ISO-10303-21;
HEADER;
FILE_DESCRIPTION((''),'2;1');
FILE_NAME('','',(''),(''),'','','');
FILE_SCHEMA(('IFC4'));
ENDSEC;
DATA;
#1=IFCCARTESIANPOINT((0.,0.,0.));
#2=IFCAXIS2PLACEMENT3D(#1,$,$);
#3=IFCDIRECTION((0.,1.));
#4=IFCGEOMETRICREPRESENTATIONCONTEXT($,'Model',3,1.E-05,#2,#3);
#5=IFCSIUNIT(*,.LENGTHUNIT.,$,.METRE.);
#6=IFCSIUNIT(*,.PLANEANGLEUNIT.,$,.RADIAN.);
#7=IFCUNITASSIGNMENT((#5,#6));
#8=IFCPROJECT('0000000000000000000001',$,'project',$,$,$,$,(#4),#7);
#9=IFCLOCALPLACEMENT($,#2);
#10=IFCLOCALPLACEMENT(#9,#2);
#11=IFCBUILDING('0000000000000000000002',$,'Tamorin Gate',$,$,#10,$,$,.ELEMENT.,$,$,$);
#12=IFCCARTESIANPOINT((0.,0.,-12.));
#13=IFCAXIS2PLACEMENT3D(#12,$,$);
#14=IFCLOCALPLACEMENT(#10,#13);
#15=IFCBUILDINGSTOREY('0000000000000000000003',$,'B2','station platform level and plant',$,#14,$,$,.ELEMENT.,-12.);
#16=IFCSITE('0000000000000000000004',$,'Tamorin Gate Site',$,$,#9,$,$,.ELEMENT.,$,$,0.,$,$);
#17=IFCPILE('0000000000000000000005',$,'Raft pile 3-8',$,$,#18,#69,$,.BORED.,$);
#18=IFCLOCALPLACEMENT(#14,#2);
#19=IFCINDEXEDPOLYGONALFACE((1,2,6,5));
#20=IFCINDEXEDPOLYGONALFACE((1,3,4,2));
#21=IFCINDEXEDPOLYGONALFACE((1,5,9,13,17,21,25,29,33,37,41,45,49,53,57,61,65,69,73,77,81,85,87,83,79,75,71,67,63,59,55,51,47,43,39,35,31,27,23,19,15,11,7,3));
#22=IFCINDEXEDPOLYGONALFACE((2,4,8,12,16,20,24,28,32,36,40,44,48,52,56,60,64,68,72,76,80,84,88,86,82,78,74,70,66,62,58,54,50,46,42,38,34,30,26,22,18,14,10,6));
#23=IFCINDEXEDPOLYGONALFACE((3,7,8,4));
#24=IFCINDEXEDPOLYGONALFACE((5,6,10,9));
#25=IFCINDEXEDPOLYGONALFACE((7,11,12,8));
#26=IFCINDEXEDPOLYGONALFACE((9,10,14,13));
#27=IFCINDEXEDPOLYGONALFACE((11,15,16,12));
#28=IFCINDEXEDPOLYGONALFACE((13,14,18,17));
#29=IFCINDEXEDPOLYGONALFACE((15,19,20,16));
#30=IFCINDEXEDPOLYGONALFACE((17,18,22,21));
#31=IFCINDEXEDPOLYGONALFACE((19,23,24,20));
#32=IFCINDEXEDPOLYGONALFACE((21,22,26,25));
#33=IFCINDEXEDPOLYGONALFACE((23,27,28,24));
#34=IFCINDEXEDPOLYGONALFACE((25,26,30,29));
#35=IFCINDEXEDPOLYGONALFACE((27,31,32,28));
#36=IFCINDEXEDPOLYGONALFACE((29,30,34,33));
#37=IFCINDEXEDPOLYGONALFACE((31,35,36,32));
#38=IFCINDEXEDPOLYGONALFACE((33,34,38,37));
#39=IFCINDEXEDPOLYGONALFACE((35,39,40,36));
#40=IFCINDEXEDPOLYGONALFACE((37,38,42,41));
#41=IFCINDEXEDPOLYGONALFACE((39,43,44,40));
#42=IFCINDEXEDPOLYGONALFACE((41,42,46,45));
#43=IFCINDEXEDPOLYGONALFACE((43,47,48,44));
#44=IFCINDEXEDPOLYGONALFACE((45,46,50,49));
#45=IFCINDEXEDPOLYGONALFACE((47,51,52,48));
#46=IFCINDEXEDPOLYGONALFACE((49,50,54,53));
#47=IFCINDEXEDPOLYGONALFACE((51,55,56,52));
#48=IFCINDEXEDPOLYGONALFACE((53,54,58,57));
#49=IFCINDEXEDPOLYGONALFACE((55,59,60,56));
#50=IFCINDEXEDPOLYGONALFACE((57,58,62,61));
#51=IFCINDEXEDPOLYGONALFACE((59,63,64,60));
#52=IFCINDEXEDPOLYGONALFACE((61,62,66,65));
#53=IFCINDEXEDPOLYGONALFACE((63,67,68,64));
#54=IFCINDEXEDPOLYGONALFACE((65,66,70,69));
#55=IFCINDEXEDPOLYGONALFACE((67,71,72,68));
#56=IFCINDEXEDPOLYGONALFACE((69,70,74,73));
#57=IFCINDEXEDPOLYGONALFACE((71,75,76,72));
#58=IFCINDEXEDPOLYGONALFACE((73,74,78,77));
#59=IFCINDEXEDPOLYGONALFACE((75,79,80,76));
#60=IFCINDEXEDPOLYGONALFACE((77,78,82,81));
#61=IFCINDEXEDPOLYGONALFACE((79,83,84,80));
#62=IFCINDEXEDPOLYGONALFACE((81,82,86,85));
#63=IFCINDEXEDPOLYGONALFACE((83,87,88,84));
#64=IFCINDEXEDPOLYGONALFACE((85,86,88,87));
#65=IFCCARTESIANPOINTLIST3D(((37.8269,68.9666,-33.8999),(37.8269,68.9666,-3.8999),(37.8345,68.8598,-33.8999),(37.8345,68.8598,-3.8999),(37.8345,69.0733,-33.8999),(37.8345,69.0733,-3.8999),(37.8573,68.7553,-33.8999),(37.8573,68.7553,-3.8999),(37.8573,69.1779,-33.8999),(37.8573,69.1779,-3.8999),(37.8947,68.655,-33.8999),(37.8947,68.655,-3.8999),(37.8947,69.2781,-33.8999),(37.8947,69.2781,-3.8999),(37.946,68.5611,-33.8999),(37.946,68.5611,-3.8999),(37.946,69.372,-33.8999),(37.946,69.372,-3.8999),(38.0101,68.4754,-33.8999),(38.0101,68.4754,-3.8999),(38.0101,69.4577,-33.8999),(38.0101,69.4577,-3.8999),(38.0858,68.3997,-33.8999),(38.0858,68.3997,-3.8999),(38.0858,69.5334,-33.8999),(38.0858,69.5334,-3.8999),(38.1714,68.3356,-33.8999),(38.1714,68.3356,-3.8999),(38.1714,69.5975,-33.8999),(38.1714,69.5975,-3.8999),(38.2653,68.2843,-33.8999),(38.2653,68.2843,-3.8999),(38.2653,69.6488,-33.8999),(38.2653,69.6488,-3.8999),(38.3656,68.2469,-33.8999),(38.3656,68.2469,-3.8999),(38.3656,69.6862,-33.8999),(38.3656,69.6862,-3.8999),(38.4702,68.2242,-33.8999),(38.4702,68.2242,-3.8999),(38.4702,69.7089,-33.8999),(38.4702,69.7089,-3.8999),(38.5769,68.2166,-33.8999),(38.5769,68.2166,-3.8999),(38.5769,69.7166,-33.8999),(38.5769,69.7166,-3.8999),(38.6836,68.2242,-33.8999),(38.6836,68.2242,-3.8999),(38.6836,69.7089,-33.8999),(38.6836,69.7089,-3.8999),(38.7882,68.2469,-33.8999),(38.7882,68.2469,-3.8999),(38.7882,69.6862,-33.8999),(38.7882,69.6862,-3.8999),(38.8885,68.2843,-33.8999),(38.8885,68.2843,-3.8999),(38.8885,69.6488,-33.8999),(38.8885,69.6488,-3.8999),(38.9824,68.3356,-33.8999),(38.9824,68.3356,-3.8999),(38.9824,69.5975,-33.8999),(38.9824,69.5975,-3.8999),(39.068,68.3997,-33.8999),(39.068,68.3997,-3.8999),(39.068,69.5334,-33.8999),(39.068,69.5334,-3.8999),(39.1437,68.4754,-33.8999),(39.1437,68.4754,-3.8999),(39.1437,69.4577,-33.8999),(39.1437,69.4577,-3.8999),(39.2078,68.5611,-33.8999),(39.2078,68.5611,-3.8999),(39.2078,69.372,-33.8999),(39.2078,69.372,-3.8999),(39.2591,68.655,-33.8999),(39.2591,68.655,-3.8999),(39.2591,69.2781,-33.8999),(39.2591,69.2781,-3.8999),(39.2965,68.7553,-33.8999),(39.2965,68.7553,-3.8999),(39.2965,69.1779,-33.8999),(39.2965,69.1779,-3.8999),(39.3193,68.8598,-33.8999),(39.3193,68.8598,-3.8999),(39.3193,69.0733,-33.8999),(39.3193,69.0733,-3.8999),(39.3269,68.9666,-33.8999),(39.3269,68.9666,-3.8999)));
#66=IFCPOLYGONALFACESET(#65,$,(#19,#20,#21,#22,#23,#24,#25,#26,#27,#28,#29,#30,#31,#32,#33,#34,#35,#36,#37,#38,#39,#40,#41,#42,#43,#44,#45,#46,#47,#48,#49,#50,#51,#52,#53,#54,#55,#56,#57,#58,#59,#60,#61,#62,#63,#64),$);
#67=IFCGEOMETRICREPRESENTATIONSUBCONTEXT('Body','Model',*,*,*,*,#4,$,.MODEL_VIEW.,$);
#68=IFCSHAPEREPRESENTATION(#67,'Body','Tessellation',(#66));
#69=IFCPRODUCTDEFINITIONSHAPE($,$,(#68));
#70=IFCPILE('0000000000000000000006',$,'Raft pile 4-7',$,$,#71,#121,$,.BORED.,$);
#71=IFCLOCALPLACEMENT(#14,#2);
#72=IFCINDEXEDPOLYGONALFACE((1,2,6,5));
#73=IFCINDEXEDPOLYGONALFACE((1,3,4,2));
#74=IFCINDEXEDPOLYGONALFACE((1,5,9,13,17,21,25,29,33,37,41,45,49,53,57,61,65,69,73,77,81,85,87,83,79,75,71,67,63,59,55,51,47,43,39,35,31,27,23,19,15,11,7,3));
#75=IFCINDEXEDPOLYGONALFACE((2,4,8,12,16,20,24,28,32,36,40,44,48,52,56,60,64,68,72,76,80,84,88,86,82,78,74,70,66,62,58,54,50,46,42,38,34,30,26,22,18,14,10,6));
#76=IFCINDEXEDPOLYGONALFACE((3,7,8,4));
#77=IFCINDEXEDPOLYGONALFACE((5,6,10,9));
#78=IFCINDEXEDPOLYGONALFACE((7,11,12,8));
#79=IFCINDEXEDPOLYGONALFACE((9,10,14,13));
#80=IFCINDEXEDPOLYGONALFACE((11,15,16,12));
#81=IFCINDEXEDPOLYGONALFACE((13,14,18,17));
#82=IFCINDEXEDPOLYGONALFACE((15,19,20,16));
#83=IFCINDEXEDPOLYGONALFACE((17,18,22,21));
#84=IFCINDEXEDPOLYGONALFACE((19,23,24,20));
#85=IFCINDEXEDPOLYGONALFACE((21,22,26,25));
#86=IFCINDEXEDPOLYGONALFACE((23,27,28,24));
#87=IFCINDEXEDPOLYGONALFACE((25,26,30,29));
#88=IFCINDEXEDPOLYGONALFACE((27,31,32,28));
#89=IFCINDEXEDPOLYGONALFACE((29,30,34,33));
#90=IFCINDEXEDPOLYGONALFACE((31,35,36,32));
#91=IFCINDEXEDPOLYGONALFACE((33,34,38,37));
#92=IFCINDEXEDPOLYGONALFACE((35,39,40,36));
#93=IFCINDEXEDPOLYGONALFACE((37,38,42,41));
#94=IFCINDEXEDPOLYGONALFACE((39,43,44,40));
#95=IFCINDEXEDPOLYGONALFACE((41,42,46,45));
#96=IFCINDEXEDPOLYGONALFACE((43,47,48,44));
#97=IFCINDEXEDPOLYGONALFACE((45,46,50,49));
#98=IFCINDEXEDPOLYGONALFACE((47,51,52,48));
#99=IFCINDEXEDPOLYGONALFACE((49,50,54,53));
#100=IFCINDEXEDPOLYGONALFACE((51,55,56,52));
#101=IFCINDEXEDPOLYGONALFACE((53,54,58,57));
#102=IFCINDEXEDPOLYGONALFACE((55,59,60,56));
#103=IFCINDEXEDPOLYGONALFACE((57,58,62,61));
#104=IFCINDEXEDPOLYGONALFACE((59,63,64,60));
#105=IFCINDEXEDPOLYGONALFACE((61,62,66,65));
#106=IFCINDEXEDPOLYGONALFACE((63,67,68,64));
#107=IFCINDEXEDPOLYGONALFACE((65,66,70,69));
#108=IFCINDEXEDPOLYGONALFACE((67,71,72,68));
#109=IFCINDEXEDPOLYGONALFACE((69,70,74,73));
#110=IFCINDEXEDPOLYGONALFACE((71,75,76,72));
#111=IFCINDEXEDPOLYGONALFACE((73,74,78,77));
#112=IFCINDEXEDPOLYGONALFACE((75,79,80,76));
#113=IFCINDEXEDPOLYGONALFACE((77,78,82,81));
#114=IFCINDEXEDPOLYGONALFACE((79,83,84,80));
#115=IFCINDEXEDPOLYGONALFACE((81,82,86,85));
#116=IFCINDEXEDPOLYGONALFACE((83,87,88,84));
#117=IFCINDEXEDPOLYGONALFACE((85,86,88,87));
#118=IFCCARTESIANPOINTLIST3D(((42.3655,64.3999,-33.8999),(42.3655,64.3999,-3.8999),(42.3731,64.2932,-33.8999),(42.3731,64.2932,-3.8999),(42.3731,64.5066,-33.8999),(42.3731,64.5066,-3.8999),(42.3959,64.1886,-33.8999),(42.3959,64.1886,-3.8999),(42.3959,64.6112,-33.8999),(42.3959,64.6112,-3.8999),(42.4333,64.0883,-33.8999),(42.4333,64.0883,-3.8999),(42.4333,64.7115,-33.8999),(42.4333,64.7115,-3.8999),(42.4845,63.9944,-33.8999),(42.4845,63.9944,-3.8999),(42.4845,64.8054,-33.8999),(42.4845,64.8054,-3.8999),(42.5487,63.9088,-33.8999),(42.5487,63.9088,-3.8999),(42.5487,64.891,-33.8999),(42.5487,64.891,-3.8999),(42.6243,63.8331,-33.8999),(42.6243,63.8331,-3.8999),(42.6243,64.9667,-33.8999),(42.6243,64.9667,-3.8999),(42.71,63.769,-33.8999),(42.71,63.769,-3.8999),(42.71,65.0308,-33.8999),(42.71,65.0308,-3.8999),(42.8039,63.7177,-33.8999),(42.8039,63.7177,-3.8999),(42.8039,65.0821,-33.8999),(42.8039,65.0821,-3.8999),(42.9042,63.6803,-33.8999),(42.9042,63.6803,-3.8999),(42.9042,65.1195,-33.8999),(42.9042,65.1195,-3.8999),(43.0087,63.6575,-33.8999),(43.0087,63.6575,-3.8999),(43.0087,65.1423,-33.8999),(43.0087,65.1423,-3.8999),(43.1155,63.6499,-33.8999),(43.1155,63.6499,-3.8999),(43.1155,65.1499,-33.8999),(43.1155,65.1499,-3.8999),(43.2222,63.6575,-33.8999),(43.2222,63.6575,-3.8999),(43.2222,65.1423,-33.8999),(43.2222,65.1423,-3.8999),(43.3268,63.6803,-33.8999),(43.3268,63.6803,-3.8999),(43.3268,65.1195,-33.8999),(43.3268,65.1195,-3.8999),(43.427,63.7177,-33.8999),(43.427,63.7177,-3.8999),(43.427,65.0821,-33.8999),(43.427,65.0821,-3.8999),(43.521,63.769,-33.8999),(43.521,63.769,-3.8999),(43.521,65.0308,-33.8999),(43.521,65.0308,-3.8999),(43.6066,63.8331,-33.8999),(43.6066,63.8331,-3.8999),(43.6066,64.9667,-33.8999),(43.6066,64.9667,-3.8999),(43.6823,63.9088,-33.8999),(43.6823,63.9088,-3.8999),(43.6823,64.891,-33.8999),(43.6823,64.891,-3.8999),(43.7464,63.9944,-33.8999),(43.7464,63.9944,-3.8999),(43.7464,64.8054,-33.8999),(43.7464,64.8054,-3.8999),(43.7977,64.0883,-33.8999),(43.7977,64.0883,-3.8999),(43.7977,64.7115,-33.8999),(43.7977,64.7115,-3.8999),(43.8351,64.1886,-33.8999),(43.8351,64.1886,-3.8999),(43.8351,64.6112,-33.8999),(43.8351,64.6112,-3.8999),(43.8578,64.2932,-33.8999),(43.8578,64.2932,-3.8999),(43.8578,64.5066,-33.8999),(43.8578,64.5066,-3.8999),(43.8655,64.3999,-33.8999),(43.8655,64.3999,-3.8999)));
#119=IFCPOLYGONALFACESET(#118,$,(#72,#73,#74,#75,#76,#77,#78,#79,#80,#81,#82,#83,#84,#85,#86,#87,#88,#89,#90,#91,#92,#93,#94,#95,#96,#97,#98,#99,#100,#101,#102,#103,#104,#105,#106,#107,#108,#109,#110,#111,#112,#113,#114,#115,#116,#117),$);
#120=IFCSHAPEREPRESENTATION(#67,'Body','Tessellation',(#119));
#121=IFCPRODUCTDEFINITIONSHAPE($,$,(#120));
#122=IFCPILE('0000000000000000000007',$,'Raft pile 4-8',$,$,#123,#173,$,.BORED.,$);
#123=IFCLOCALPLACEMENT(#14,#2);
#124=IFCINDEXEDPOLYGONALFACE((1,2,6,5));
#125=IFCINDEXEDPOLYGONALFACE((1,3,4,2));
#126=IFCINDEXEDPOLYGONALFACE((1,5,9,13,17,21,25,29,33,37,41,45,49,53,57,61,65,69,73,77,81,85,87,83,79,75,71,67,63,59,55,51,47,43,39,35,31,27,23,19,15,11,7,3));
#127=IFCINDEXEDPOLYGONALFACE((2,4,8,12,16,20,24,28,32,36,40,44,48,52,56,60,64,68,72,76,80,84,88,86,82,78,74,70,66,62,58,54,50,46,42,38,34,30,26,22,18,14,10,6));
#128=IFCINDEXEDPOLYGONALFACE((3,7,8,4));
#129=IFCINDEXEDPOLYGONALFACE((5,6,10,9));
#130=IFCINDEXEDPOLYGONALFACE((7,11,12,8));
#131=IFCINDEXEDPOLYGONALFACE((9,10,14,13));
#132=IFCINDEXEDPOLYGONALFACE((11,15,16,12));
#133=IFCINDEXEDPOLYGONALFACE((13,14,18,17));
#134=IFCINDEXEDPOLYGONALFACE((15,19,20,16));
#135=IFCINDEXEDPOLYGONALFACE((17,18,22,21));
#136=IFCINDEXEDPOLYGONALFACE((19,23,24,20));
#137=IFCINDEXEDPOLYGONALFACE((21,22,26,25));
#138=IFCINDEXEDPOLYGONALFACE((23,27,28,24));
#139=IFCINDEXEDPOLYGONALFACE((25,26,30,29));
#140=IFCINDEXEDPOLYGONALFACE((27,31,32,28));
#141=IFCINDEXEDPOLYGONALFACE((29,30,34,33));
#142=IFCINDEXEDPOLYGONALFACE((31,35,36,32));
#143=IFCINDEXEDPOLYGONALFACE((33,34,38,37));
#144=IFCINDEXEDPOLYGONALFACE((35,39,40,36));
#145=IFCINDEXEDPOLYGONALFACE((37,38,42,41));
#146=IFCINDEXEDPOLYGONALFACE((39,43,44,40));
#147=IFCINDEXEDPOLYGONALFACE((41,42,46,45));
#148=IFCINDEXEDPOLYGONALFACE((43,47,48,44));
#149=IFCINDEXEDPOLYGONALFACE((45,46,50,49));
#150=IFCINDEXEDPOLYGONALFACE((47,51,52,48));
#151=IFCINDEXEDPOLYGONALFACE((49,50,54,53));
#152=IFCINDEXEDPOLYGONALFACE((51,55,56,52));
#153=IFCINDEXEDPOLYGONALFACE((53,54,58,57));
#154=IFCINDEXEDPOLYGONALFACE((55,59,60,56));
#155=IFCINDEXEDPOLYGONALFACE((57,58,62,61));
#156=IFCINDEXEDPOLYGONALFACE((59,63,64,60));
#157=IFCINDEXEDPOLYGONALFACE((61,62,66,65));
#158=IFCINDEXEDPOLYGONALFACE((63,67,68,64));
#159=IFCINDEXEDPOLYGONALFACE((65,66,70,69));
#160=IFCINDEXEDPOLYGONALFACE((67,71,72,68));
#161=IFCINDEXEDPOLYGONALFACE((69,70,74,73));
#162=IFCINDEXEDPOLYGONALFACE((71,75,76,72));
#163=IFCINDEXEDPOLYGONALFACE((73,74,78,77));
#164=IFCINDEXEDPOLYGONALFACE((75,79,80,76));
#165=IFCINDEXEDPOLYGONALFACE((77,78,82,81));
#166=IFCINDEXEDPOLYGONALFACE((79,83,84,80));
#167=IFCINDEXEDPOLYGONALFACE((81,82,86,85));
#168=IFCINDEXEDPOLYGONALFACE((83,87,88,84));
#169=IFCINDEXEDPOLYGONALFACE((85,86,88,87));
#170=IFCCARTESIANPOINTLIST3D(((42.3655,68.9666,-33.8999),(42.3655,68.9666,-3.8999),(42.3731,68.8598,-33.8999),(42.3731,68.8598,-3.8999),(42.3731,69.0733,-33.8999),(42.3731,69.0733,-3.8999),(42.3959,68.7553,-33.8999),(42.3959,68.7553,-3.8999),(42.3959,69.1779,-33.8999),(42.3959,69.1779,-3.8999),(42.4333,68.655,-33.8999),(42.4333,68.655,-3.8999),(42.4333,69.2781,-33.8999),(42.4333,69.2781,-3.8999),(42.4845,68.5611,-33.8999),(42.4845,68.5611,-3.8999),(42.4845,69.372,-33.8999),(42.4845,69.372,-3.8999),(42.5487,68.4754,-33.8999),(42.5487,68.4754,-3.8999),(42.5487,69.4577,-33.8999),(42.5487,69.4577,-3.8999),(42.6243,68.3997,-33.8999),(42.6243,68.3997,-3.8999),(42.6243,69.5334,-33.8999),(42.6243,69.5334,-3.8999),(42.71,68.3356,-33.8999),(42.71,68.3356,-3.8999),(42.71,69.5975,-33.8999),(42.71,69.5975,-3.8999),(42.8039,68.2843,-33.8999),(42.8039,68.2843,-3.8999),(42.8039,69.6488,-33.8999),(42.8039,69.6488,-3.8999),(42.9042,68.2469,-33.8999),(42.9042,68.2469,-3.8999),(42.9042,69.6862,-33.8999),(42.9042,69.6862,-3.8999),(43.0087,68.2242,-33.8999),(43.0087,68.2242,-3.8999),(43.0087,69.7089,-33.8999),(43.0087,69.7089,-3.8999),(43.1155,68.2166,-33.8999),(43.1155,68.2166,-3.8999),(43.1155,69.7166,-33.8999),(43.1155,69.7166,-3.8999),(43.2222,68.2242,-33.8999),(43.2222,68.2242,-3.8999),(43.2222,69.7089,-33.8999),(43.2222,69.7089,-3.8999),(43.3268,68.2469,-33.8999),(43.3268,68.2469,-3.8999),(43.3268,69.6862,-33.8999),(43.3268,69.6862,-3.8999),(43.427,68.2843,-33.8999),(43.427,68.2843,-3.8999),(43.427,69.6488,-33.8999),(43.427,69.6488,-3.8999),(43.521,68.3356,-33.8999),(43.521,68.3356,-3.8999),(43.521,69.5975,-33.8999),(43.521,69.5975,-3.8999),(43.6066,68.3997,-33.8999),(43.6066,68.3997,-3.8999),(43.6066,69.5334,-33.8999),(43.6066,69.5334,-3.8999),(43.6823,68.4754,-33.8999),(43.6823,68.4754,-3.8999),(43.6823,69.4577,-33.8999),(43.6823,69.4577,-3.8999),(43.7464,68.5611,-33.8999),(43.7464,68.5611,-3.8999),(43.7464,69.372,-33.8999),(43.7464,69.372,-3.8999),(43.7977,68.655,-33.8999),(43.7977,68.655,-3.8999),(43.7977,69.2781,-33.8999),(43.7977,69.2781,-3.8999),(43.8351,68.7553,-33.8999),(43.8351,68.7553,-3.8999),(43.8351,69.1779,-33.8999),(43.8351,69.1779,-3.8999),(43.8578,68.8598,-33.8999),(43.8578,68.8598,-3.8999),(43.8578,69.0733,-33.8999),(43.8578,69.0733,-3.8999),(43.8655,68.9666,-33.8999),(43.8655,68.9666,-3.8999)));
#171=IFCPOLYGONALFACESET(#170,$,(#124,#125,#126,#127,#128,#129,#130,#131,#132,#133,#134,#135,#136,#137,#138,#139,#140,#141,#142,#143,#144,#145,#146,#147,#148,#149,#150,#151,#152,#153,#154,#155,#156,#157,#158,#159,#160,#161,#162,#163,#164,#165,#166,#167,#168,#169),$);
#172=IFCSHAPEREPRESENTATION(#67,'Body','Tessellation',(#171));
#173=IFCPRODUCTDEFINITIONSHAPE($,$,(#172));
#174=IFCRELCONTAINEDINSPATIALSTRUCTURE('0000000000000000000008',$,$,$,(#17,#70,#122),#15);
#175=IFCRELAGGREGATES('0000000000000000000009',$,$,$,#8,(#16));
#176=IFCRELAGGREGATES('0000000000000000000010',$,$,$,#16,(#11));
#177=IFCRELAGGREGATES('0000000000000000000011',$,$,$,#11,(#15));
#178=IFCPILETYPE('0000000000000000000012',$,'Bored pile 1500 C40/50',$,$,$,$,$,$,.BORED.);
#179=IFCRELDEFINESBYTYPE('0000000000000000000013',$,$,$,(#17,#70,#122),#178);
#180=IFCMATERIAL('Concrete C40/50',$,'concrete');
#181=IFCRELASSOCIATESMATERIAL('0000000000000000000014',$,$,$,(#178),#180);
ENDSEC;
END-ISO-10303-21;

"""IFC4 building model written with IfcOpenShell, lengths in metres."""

from ifc_helpers import new_model, si_unit, direction, frame, origin, origin_2d, place, context, subcontext, project, spatial, circle, extrude, material, material_profile, profile_set, type_object, element, save


model = new_model("IFC4")

# Units and contexts
model_context = context("Model", 3, precision=1e-05, world=origin(), true_north=direction((0.0, 1.0)))
body_context = subcontext(model_context, "Body", "Model", "MODEL_VIEW")
ifc_project = project(units=[si_unit("LENGTHUNIT", "METRE"), si_unit("PLANEANGLEUNIT", "RADIAN")], contexts=[model_context])

# Site, building, storey
site_placement = place(None, origin())
site = spatial("IfcSite", under=ifc_project, at=site_placement, Name="Tamorin Gate Site", CompositionType="ELEMENT", RefElevation=0.0)
building_placement = place(site_placement, origin())
building = spatial("IfcBuilding", under=site, at=building_placement, Name="Tamorin Gate", CompositionType="ELEMENT")
storey_placement = place(building_placement, frame((0.0, 0.0, -12.0)))
storey = spatial("IfcBuildingStorey", under=building, at=storey_placement, Name="B2", Description="station platform level and plant", CompositionType="ELEMENT", Elevation=-12.0)

# Piles
ifc_material_1 = material(Name="Concrete C40/50", Category="concrete")
ifc_material_profile_1 = material_profile(ifc_material_1, circle(Radius=0.75, at=origin_2d()))
ifc_profile_set_1 = profile_set([ifc_material_profile_1], Name="Concrete C40/50")
pile_type = type_object("IfcPileType", Name="Bored pile 1500 C40/50", PredefinedType="BORED", material=ifc_profile_set_1)
for number, where, z_axis, x_axis, name in (
    (1, (38.5769, 68.9666, -3.8999), (0.0, 0.0, -1.0), (1.0, 0.0, 0.0), "Raft pile 3-8"),
    (2, (43.1155, 64.3999, -3.8999), (0.0, 0.0, -1.0), (1.0, 0.0, 0.0), "Raft pile 4-7"),
    (3, (43.1155, 68.9666, -3.8999), (0.0, 0.0, -1.0), (1.0, 0.0, 0.0), "Raft pile 4-8"),
):
    element("IfcPile", number, at=place(storey_placement, frame(where, z_axis=z_axis, x_axis=x_axis)), inside=storey, type_object=pile_type, Name=name, PredefinedType="BORED", context=body_context, shape_type="SweptSolid", body=[
        extrude(circle(Radius=0.75, at=origin_2d()), origin(), (0.0, 0.0, 1.0), 30.0),
    ])

save(model, "model.ifc")
